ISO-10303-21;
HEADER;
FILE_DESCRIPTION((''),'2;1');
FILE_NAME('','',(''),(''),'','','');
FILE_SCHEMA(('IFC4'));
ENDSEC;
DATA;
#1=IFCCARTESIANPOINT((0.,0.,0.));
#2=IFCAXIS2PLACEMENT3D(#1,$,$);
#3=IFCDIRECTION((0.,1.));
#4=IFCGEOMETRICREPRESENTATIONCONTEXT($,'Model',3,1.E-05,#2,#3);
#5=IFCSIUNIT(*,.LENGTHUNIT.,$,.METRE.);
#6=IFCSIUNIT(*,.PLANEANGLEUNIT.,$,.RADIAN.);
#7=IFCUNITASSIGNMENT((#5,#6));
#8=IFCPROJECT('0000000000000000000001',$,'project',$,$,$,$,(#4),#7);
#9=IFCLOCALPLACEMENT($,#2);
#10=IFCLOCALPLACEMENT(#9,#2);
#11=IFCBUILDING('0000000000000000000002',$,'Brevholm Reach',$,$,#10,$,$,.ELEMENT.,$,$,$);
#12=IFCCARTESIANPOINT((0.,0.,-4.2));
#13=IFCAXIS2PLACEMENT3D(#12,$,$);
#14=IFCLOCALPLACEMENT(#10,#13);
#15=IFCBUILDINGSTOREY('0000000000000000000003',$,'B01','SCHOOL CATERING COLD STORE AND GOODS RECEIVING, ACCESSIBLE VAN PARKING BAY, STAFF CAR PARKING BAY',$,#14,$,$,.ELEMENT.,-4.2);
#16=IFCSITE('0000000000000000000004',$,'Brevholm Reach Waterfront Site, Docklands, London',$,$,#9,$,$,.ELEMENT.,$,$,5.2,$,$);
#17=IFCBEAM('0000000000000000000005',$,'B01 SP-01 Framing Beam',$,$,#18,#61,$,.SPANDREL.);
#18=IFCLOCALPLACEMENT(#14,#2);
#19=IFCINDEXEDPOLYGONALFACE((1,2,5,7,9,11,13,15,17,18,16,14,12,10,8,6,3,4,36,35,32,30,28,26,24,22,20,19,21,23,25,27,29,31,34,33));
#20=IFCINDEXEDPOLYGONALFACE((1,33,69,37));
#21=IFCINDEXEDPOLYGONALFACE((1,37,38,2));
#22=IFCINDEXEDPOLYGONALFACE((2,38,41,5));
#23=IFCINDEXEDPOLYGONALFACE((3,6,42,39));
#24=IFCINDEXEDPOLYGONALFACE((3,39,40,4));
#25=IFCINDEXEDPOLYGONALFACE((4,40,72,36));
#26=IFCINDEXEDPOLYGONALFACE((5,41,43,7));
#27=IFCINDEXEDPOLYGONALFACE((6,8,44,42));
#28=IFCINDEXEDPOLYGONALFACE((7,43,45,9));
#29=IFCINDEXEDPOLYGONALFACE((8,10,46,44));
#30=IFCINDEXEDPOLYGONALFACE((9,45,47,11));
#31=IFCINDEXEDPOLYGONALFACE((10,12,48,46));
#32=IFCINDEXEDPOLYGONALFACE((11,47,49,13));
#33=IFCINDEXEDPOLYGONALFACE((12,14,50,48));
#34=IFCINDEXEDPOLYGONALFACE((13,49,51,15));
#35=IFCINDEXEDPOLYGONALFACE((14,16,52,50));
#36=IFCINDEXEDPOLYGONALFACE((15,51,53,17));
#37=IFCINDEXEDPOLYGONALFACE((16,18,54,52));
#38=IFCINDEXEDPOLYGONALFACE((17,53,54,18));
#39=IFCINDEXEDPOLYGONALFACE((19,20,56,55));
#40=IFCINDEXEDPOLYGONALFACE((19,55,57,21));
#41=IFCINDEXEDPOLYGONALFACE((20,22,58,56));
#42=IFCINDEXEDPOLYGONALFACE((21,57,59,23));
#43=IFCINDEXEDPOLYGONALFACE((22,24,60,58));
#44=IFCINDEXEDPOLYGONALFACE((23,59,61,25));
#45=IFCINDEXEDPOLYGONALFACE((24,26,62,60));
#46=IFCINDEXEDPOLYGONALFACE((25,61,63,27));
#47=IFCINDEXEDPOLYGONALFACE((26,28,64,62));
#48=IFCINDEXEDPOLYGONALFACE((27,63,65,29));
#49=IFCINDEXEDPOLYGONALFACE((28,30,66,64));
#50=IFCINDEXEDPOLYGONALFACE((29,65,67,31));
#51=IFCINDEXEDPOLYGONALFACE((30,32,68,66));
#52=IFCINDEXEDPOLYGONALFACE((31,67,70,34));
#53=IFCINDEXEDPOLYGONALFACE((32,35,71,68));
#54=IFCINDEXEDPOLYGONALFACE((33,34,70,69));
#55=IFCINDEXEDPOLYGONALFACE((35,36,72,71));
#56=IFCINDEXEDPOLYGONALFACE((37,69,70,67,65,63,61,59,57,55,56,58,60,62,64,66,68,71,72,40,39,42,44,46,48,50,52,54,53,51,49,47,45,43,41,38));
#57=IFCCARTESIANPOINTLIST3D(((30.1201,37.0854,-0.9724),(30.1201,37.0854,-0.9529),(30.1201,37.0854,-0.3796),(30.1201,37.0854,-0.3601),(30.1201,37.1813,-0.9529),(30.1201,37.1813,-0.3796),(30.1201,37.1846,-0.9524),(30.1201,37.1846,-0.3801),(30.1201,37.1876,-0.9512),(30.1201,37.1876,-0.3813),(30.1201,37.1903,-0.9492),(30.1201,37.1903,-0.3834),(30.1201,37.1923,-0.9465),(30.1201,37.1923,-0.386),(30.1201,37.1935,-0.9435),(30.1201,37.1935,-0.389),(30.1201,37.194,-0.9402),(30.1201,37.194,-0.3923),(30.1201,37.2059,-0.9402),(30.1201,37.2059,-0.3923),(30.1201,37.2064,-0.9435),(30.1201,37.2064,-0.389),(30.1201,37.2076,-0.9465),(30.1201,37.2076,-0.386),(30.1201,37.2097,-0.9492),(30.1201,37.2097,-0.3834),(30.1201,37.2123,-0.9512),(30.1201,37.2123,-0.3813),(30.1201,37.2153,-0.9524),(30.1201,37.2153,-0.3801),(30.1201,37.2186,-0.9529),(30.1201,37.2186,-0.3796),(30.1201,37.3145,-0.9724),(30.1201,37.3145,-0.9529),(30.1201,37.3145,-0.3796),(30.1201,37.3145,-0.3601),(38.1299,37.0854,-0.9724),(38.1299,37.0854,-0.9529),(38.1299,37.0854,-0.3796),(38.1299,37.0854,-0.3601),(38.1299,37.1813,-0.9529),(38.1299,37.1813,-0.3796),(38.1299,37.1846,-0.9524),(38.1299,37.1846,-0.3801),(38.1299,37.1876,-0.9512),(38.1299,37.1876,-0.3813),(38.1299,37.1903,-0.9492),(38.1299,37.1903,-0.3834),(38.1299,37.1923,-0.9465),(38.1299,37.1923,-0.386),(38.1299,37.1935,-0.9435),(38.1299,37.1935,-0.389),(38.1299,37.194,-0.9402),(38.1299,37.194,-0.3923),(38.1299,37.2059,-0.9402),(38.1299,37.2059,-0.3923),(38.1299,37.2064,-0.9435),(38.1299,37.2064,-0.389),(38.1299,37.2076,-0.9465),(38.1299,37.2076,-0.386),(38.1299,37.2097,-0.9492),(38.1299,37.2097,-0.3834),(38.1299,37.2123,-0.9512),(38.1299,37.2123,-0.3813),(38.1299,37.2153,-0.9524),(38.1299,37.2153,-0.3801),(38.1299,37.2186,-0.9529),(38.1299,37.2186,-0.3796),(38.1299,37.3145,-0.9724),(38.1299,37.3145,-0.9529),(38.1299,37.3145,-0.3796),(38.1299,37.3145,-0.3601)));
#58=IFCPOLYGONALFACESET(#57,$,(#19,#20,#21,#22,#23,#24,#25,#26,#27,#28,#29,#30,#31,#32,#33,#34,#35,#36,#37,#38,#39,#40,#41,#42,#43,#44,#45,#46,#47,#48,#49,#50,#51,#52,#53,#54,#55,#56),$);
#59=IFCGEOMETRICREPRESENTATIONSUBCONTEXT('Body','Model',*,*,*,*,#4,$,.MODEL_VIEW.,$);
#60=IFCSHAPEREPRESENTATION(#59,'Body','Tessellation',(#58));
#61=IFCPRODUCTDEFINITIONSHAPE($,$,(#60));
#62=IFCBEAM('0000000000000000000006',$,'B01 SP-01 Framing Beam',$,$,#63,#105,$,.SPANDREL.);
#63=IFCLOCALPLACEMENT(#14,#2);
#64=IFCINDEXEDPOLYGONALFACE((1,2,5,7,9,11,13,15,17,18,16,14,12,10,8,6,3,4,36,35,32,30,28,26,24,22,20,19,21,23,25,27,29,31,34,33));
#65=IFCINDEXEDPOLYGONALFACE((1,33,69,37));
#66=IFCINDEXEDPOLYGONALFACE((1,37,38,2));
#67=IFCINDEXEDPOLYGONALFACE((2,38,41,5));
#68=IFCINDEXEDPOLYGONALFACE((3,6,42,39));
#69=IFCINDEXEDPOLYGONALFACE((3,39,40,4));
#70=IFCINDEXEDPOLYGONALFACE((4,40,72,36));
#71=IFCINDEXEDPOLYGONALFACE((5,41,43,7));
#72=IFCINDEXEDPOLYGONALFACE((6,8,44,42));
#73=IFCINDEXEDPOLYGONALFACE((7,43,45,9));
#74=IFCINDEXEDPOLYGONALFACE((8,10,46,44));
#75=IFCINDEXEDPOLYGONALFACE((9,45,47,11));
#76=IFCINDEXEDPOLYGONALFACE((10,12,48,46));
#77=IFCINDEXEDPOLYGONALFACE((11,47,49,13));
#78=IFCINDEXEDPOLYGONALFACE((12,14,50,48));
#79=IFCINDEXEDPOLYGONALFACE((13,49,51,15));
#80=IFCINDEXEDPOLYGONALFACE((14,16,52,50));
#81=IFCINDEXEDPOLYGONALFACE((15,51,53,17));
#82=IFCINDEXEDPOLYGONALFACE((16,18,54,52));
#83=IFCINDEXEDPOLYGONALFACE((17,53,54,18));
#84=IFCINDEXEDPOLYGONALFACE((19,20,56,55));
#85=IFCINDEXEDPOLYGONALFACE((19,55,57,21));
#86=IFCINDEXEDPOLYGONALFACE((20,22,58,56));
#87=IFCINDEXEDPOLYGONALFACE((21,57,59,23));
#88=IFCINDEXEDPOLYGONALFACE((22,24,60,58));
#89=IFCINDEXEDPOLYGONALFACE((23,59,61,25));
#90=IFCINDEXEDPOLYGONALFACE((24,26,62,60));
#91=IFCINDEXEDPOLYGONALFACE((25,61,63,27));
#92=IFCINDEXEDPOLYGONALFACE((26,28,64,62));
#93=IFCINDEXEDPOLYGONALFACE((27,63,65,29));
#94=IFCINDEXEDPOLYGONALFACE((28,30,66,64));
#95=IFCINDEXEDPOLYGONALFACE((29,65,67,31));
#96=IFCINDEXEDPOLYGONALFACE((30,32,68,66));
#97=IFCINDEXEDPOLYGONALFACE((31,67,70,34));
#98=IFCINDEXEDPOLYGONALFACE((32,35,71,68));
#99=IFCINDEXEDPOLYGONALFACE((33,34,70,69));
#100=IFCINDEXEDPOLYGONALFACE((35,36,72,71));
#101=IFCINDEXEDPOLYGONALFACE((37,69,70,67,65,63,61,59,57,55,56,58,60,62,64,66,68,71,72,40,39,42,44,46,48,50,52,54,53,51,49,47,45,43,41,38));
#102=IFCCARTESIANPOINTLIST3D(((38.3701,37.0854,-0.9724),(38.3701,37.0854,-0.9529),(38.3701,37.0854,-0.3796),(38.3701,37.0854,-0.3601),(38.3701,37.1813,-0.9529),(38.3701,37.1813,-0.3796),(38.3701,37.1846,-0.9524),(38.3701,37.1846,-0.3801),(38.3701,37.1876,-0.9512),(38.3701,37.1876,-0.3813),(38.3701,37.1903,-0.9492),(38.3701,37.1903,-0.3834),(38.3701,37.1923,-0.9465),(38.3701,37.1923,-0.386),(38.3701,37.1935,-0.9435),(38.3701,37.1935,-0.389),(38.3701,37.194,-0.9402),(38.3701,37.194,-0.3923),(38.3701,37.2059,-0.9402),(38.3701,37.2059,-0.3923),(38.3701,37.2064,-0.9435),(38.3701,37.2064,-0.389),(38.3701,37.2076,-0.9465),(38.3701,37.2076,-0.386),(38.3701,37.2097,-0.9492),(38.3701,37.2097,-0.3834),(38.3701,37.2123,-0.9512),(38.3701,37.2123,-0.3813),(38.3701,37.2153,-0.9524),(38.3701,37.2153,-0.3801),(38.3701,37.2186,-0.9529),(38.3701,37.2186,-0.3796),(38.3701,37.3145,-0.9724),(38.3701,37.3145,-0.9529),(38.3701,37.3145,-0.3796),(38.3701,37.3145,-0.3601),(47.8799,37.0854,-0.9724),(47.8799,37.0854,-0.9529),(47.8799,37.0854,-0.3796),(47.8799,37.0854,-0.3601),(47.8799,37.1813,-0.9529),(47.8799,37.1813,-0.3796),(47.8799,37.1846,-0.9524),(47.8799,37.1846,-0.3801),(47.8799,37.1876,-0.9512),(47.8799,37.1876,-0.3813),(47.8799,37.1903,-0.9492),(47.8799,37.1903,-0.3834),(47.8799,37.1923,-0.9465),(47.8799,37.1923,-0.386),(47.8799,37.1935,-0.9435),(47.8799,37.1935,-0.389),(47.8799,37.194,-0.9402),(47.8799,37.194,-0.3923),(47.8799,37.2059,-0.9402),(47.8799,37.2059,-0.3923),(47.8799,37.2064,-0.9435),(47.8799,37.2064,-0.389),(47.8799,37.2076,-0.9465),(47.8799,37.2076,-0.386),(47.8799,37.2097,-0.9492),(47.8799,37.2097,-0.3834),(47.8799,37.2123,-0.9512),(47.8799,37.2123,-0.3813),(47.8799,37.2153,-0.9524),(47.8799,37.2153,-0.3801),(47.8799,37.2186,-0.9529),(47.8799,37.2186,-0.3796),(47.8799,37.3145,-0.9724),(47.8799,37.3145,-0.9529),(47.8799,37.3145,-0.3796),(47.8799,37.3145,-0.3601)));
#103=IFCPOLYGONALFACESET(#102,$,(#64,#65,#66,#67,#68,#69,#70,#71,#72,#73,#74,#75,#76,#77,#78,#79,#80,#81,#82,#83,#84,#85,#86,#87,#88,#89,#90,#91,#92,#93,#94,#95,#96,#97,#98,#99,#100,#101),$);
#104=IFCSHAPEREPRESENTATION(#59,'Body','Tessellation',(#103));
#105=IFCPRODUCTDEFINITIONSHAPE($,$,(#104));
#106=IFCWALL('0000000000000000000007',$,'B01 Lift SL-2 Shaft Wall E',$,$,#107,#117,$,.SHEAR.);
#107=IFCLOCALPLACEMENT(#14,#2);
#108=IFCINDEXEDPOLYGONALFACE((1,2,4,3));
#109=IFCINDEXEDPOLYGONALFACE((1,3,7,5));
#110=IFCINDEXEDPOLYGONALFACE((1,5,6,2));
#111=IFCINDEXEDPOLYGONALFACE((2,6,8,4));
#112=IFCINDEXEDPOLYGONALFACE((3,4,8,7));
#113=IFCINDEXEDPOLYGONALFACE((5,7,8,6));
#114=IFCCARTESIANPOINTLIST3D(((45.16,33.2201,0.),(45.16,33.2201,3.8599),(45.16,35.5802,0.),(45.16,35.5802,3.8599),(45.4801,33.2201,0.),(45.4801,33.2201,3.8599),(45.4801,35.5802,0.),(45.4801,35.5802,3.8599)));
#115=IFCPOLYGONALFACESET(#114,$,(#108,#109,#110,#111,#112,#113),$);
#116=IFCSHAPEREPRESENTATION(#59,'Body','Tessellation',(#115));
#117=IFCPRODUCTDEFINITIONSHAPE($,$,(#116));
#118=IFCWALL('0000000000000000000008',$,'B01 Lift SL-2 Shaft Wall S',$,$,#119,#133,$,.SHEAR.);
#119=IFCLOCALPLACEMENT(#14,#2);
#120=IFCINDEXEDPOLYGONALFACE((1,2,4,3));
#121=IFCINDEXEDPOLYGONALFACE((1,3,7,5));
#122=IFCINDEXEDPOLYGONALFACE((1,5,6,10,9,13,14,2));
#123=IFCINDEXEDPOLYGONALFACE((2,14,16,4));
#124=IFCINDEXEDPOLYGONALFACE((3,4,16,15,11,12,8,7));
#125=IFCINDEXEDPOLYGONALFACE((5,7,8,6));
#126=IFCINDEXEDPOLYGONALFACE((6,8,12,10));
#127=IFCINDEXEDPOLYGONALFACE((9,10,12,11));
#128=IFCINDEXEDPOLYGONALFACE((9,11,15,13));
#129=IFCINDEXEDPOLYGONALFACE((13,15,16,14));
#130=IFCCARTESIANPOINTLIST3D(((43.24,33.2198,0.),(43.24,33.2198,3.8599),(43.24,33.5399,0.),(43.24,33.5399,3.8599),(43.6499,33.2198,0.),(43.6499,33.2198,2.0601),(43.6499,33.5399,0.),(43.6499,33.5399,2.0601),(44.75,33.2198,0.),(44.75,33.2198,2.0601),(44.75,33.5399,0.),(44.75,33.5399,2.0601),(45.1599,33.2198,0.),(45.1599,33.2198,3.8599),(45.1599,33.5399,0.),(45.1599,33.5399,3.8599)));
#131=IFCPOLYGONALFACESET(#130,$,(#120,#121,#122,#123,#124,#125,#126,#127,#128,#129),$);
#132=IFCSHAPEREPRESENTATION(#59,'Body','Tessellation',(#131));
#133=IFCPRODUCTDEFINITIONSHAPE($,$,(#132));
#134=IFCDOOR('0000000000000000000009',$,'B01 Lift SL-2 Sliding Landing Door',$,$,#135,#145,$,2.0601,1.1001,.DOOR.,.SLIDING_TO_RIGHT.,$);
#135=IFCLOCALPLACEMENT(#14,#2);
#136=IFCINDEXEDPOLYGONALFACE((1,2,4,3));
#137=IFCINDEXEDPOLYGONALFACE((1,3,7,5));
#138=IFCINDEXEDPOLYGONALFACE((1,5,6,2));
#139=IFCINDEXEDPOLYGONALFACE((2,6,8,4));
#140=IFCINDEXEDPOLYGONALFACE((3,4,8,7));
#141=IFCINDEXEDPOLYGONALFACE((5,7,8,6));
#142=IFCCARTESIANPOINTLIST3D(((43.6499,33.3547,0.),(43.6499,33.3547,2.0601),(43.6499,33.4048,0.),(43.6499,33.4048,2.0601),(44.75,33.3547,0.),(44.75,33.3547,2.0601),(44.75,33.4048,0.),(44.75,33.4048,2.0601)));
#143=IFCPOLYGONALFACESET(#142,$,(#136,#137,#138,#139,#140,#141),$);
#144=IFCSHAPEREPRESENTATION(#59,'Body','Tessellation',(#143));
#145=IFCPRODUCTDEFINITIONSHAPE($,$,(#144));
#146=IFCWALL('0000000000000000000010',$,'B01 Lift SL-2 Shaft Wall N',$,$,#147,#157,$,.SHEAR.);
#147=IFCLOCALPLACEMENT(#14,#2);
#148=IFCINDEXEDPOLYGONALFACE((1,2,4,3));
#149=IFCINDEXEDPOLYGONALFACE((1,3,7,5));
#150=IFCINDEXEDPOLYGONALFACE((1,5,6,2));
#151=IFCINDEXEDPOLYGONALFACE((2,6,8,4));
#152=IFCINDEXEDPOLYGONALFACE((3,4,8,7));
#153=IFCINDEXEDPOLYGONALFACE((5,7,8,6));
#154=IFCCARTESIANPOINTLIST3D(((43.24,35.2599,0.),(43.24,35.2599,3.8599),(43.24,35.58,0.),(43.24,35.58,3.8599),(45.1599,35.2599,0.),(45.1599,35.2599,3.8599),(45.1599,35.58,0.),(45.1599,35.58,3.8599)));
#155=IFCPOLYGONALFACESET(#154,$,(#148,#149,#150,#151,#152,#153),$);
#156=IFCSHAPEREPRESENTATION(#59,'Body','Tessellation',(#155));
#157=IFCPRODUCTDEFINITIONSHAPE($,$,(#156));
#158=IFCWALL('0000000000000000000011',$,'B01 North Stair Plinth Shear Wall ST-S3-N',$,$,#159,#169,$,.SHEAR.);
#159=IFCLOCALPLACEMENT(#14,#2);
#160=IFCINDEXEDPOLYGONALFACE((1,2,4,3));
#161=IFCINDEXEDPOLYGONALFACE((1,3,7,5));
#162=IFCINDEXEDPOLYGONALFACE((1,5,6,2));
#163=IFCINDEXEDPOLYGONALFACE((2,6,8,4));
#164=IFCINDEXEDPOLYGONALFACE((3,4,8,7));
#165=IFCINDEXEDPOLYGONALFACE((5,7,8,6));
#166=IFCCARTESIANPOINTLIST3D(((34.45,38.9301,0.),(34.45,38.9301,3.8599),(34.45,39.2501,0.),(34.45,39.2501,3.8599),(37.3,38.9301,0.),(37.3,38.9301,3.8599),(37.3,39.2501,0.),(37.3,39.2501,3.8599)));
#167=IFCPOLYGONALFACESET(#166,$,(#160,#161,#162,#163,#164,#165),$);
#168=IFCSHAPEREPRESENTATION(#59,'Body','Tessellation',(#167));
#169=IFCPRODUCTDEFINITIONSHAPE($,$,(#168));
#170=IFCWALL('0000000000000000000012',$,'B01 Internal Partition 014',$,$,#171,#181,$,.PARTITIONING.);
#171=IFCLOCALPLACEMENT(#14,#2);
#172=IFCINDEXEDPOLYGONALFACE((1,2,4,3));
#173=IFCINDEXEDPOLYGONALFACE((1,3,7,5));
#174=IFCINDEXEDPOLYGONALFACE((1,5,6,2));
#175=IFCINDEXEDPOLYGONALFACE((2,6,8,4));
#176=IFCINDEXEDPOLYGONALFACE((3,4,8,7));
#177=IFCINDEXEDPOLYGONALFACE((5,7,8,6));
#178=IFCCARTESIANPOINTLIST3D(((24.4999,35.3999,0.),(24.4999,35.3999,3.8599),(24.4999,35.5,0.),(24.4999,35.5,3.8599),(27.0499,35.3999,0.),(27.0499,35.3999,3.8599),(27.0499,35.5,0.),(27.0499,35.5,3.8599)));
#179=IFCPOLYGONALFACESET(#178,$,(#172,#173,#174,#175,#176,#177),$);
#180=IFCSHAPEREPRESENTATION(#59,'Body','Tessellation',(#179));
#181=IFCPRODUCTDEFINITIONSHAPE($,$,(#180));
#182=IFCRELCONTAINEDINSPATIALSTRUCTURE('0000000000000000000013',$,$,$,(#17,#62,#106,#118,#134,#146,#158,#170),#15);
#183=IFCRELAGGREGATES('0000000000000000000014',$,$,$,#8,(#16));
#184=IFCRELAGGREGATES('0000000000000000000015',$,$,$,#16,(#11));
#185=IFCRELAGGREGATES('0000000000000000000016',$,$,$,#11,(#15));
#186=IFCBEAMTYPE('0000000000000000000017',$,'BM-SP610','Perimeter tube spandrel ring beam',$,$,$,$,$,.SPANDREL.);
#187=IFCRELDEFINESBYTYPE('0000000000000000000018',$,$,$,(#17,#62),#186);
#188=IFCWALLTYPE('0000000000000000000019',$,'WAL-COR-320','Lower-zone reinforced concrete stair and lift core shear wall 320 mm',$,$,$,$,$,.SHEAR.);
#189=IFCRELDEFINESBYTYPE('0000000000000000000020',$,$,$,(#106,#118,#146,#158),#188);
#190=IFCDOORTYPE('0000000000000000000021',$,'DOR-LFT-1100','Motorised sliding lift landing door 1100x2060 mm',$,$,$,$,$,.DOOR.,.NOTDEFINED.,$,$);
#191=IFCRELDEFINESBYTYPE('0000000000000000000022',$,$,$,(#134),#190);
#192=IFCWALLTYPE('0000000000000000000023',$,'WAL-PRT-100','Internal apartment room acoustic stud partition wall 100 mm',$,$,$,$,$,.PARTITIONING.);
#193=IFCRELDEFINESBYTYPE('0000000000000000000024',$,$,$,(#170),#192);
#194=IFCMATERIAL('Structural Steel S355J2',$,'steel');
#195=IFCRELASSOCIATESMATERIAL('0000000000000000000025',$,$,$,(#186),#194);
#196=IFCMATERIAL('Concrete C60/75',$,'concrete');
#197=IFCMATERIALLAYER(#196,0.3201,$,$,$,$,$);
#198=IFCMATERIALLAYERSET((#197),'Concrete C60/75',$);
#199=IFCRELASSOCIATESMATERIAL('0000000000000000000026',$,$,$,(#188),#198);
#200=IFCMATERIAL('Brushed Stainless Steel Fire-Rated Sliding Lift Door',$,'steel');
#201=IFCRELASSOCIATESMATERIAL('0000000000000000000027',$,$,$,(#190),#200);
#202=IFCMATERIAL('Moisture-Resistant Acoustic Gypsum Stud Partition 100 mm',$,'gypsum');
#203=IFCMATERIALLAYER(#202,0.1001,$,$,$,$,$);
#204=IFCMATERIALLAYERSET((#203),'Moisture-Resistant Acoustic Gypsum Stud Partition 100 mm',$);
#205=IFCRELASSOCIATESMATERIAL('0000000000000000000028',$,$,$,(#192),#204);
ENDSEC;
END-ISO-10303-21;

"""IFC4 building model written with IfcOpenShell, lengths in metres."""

from ifc_helpers import new_model, si_unit, direction, frame, frame_2d, origin, origin_2d, place, context, subcontext, project, spatial, rectangle, i_section, extrude, material, layer, layer_set, material_profile, profile_set, type_object, element, fill, save


model = new_model("IFC4")

# Units and contexts
model_context = context("Model", 3, precision=1e-05, world=origin(), true_north=direction((0.0, 1.0)))
body_context = subcontext(model_context, "Body", "Model", "MODEL_VIEW")
ifc_project = project(units=[si_unit("LENGTHUNIT", "METRE"), si_unit("PLANEANGLEUNIT", "RADIAN")], contexts=[model_context])

# Site, building, storey
site_placement = place(None, origin())
site = spatial("IfcSite", under=ifc_project, at=site_placement, Name="Brevholm Reach Waterfront Site, Docklands, London", CompositionType="ELEMENT", RefElevation=5.2)
building_placement = place(site_placement, origin())
building = spatial("IfcBuilding", under=site, at=building_placement, Name="Brevholm Reach", CompositionType="ELEMENT")
storey_placement = place(building_placement, frame((0.0, 0.0, -4.2)))
storey = spatial("IfcBuildingStorey", under=building, at=storey_placement, Name="B01", Description="SCHOOL CATERING COLD STORE AND GOODS RECEIVING, ACCESSIBLE VAN PARKING BAY, STAFF CAR PARKING BAY", CompositionType="ELEMENT", Elevation=-4.2)

# Beams
ifc_material_1 = material(Name="Structural Steel S355J2", Category="steel")
ifc_material_profile_1 = material_profile(ifc_material_1, i_section(OverallWidth=0.229, OverallDepth=0.6123, WebThickness=0.012, FlangeThickness=0.0195, FilletRadius=0.0127, at=origin_2d()), Name="UKB 610x229x125")
ifc_profile_set_1 = profile_set([ifc_material_profile_1], Name="Structural Steel S355J2")
beam_type_1 = type_object("IfcBeamType", Name="BM-SP610", Description="Perimeter tube spandrel ring beam", PredefinedType="SPANDREL", material=ifc_profile_set_1)
beam_1_placement = place(storey_placement, frame((30.1201, 37.2, -0.6663), z_axis=(1.0, 0.0, 0.0), x_axis=(0.0, 1.0, 0.0)))
element("IfcBeam", 1, at=beam_1_placement, inside=storey, type_object=beam_type_1, Name="B01 SP-01 Framing Beam", PredefinedType="SPANDREL", context=body_context, shape_type="SweptSolid", body=[
    extrude(i_section(OverallWidth=0.229, OverallDepth=0.6123, WebThickness=0.012, FlangeThickness=0.0195, FilletRadius=0.0127, at=origin_2d()), origin(), (0.0, 0.0, 1.0), 8.0098),
])
beam_2_placement = place(storey_placement, frame((38.3701, 37.2, -0.6663), z_axis=(1.0, 0.0, 0.0), x_axis=(0.0, 1.0, 0.0)))
element("IfcBeam", 2, at=beam_2_placement, inside=storey, type_object=beam_type_1, Name="B01 SP-01 Framing Beam", PredefinedType="SPANDREL", context=body_context, shape_type="SweptSolid", body=[
    extrude(i_section(OverallWidth=0.229, OverallDepth=0.6123, WebThickness=0.012, FlangeThickness=0.0195, FilletRadius=0.0127, at=origin_2d()), origin(), (0.0, 0.0, 1.0), 9.5098),
])

# Wall
ifc_material_2 = material(Name="Concrete C60/75", Category="concrete")
ifc_layer_1 = layer(ifc_material_2, 0.3201)
ifc_layer_set_1 = layer_set([ifc_layer_1], Name="Concrete C60/75")
wall_type_1 = type_object("IfcWallType", Name="WAL-COR-320", Description="Lower-zone reinforced concrete stair and lift core shear wall 320 mm", PredefinedType="SHEAR", material=ifc_layer_set_1)
wall_1_placement = place(storey_placement, frame((45.3201, 33.22, 0.0), z_axis=(0.0, 0.0, 1.0), x_axis=(0.0, 1.0, 0.0)))
element("IfcWall", 3, at=wall_1_placement, inside=storey, type_object=wall_type_1, Name="B01 Lift SL-2 Shaft Wall E", PredefinedType="SHEAR", context=body_context, shape_type="SweptSolid", body=[
    extrude(rectangle(XDim=2.3601, YDim=0.3201, at=frame_2d((1.1802, 0.0))), origin(), (0.0, 0.0, 1.0), 3.8599),
])

# Wall, opening, door
wall_2_placement = place(storey_placement, frame((43.24, 33.3799, 0.0), z_axis=(0.0, 0.0, 1.0), x_axis=(1.0, 0.0, 0.0)))
wall_2 = element("IfcWall", 4, at=wall_2_placement, inside=storey, type_object=wall_type_1, Name="B01 Lift SL-2 Shaft Wall S", PredefinedType="SHEAR", context=body_context, shape_type="SweptSolid", body=[
    extrude(rectangle(XDim=1.9199, YDim=0.3201, at=frame_2d((0.96, 0.0))), origin(), (0.0, 0.0, 1.0), 3.8599),
])
opening_1_placement = place(wall_2_placement, frame((0.4099, 0.0, 0.0)))
opening_1 = element("IfcOpeningElement", 5, at=opening_1_placement, cuts=wall_2, PredefinedType="OPENING", context=body_context, shape_type="SweptSolid", body=[
    extrude(rectangle(XDim=1.1001, YDim=2.0601, at=frame_2d((0.55, 1.03))), frame((0.0, 0.1699, 0.0), z_axis=(0.0, -1.0, 0.0), x_axis=(1.0, 0.0, 0.0)), (0.0, 0.0, 1.0), 0.3401),
])
ifc_material_3 = material(Name="Brushed Stainless Steel Fire-Rated Sliding Lift Door", Category="steel")
door_type_1 = type_object("IfcDoorType", Name="DOR-LFT-1100", Description="Motorised sliding lift landing door 1100x2060 mm", OperationType="NOTDEFINED", PredefinedType="DOOR", material=ifc_material_3)
door_1_placement = place(opening_1_placement, origin())
door_1 = element("IfcDoor", 6, at=door_1_placement, inside=storey, type_object=door_type_1, Name="B01 Lift SL-2 Sliding Landing Door", OperationType="SLIDING_TO_RIGHT", OverallHeight=2.0601, OverallWidth=1.1001, PredefinedType="DOOR", context=body_context, shape_type="SweptSolid", body=[
    extrude(rectangle(XDim=1.1001, YDim=2.0601, at=frame_2d((0.55, 1.03))), frame((0.0, 0.0249, 0.0), z_axis=(0.0, -1.0, 0.0), x_axis=(1.0, 0.0, 0.0)), (0.0, 0.0, 1.0), 0.05),
])
fill(opening_1, door_1)

# Walls
wall_3_placement = place(storey_placement, frame((43.24, 35.4199, 0.0), z_axis=(0.0, 0.0, 1.0), x_axis=(1.0, 0.0, 0.0)))
element("IfcWall", 7, at=wall_3_placement, inside=storey, type_object=wall_type_1, Name="B01 Lift SL-2 Shaft Wall N", PredefinedType="SHEAR", context=body_context, shape_type="SweptSolid", body=[
    extrude(rectangle(XDim=1.9199, YDim=0.3201, at=frame_2d((0.96, 0.0))), origin(), (0.0, 0.0, 1.0), 3.8599),
])
wall_4_placement = place(storey_placement, frame((34.45, 39.0901, 0.0), z_axis=(0.0, 0.0, 1.0), x_axis=(1.0, 0.0, 0.0)))
element("IfcWall", 8, at=wall_4_placement, inside=storey, type_object=wall_type_1, Name="B01 North Stair Plinth Shear Wall ST-S3-N", PredefinedType="SHEAR", context=body_context, shape_type="SweptSolid", body=[
    extrude(rectangle(XDim=2.8501, YDim=0.3201, at=frame_2d((1.425, 0.0))), origin(), (0.0, 0.0, 1.0), 3.8599),
])
ifc_material_4 = material(Name="Moisture-Resistant Acoustic Gypsum Stud Partition 100 mm", Category="gypsum")
ifc_layer_2 = layer(ifc_material_4, 0.1001)
ifc_layer_set_2 = layer_set([ifc_layer_2], Name="Moisture-Resistant Acoustic Gypsum Stud Partition 100 mm")
wall_type_2 = type_object("IfcWallType", Name="WAL-PRT-100", Description="Internal apartment room acoustic stud partition wall 100 mm", PredefinedType="PARTITIONING", material=ifc_layer_set_2)
wall_5_placement = place(storey_placement, frame((24.5, 35.45, 0.0), z_axis=(0.0, 0.0, 1.0), x_axis=(1.0, 0.0, 0.0)))
element("IfcWall", 9, at=wall_5_placement, inside=storey, type_object=wall_type_2, Name="B01 Internal Partition 014", PredefinedType="PARTITIONING", context=body_context, shape_type="SweptSolid", body=[
    extrude(rectangle(XDim=2.55, YDim=0.1001, at=frame_2d((1.2749, 0.0))), origin(), (0.0, 0.0, 1.0), 3.8599),
])

save(model, "model.ifc")
